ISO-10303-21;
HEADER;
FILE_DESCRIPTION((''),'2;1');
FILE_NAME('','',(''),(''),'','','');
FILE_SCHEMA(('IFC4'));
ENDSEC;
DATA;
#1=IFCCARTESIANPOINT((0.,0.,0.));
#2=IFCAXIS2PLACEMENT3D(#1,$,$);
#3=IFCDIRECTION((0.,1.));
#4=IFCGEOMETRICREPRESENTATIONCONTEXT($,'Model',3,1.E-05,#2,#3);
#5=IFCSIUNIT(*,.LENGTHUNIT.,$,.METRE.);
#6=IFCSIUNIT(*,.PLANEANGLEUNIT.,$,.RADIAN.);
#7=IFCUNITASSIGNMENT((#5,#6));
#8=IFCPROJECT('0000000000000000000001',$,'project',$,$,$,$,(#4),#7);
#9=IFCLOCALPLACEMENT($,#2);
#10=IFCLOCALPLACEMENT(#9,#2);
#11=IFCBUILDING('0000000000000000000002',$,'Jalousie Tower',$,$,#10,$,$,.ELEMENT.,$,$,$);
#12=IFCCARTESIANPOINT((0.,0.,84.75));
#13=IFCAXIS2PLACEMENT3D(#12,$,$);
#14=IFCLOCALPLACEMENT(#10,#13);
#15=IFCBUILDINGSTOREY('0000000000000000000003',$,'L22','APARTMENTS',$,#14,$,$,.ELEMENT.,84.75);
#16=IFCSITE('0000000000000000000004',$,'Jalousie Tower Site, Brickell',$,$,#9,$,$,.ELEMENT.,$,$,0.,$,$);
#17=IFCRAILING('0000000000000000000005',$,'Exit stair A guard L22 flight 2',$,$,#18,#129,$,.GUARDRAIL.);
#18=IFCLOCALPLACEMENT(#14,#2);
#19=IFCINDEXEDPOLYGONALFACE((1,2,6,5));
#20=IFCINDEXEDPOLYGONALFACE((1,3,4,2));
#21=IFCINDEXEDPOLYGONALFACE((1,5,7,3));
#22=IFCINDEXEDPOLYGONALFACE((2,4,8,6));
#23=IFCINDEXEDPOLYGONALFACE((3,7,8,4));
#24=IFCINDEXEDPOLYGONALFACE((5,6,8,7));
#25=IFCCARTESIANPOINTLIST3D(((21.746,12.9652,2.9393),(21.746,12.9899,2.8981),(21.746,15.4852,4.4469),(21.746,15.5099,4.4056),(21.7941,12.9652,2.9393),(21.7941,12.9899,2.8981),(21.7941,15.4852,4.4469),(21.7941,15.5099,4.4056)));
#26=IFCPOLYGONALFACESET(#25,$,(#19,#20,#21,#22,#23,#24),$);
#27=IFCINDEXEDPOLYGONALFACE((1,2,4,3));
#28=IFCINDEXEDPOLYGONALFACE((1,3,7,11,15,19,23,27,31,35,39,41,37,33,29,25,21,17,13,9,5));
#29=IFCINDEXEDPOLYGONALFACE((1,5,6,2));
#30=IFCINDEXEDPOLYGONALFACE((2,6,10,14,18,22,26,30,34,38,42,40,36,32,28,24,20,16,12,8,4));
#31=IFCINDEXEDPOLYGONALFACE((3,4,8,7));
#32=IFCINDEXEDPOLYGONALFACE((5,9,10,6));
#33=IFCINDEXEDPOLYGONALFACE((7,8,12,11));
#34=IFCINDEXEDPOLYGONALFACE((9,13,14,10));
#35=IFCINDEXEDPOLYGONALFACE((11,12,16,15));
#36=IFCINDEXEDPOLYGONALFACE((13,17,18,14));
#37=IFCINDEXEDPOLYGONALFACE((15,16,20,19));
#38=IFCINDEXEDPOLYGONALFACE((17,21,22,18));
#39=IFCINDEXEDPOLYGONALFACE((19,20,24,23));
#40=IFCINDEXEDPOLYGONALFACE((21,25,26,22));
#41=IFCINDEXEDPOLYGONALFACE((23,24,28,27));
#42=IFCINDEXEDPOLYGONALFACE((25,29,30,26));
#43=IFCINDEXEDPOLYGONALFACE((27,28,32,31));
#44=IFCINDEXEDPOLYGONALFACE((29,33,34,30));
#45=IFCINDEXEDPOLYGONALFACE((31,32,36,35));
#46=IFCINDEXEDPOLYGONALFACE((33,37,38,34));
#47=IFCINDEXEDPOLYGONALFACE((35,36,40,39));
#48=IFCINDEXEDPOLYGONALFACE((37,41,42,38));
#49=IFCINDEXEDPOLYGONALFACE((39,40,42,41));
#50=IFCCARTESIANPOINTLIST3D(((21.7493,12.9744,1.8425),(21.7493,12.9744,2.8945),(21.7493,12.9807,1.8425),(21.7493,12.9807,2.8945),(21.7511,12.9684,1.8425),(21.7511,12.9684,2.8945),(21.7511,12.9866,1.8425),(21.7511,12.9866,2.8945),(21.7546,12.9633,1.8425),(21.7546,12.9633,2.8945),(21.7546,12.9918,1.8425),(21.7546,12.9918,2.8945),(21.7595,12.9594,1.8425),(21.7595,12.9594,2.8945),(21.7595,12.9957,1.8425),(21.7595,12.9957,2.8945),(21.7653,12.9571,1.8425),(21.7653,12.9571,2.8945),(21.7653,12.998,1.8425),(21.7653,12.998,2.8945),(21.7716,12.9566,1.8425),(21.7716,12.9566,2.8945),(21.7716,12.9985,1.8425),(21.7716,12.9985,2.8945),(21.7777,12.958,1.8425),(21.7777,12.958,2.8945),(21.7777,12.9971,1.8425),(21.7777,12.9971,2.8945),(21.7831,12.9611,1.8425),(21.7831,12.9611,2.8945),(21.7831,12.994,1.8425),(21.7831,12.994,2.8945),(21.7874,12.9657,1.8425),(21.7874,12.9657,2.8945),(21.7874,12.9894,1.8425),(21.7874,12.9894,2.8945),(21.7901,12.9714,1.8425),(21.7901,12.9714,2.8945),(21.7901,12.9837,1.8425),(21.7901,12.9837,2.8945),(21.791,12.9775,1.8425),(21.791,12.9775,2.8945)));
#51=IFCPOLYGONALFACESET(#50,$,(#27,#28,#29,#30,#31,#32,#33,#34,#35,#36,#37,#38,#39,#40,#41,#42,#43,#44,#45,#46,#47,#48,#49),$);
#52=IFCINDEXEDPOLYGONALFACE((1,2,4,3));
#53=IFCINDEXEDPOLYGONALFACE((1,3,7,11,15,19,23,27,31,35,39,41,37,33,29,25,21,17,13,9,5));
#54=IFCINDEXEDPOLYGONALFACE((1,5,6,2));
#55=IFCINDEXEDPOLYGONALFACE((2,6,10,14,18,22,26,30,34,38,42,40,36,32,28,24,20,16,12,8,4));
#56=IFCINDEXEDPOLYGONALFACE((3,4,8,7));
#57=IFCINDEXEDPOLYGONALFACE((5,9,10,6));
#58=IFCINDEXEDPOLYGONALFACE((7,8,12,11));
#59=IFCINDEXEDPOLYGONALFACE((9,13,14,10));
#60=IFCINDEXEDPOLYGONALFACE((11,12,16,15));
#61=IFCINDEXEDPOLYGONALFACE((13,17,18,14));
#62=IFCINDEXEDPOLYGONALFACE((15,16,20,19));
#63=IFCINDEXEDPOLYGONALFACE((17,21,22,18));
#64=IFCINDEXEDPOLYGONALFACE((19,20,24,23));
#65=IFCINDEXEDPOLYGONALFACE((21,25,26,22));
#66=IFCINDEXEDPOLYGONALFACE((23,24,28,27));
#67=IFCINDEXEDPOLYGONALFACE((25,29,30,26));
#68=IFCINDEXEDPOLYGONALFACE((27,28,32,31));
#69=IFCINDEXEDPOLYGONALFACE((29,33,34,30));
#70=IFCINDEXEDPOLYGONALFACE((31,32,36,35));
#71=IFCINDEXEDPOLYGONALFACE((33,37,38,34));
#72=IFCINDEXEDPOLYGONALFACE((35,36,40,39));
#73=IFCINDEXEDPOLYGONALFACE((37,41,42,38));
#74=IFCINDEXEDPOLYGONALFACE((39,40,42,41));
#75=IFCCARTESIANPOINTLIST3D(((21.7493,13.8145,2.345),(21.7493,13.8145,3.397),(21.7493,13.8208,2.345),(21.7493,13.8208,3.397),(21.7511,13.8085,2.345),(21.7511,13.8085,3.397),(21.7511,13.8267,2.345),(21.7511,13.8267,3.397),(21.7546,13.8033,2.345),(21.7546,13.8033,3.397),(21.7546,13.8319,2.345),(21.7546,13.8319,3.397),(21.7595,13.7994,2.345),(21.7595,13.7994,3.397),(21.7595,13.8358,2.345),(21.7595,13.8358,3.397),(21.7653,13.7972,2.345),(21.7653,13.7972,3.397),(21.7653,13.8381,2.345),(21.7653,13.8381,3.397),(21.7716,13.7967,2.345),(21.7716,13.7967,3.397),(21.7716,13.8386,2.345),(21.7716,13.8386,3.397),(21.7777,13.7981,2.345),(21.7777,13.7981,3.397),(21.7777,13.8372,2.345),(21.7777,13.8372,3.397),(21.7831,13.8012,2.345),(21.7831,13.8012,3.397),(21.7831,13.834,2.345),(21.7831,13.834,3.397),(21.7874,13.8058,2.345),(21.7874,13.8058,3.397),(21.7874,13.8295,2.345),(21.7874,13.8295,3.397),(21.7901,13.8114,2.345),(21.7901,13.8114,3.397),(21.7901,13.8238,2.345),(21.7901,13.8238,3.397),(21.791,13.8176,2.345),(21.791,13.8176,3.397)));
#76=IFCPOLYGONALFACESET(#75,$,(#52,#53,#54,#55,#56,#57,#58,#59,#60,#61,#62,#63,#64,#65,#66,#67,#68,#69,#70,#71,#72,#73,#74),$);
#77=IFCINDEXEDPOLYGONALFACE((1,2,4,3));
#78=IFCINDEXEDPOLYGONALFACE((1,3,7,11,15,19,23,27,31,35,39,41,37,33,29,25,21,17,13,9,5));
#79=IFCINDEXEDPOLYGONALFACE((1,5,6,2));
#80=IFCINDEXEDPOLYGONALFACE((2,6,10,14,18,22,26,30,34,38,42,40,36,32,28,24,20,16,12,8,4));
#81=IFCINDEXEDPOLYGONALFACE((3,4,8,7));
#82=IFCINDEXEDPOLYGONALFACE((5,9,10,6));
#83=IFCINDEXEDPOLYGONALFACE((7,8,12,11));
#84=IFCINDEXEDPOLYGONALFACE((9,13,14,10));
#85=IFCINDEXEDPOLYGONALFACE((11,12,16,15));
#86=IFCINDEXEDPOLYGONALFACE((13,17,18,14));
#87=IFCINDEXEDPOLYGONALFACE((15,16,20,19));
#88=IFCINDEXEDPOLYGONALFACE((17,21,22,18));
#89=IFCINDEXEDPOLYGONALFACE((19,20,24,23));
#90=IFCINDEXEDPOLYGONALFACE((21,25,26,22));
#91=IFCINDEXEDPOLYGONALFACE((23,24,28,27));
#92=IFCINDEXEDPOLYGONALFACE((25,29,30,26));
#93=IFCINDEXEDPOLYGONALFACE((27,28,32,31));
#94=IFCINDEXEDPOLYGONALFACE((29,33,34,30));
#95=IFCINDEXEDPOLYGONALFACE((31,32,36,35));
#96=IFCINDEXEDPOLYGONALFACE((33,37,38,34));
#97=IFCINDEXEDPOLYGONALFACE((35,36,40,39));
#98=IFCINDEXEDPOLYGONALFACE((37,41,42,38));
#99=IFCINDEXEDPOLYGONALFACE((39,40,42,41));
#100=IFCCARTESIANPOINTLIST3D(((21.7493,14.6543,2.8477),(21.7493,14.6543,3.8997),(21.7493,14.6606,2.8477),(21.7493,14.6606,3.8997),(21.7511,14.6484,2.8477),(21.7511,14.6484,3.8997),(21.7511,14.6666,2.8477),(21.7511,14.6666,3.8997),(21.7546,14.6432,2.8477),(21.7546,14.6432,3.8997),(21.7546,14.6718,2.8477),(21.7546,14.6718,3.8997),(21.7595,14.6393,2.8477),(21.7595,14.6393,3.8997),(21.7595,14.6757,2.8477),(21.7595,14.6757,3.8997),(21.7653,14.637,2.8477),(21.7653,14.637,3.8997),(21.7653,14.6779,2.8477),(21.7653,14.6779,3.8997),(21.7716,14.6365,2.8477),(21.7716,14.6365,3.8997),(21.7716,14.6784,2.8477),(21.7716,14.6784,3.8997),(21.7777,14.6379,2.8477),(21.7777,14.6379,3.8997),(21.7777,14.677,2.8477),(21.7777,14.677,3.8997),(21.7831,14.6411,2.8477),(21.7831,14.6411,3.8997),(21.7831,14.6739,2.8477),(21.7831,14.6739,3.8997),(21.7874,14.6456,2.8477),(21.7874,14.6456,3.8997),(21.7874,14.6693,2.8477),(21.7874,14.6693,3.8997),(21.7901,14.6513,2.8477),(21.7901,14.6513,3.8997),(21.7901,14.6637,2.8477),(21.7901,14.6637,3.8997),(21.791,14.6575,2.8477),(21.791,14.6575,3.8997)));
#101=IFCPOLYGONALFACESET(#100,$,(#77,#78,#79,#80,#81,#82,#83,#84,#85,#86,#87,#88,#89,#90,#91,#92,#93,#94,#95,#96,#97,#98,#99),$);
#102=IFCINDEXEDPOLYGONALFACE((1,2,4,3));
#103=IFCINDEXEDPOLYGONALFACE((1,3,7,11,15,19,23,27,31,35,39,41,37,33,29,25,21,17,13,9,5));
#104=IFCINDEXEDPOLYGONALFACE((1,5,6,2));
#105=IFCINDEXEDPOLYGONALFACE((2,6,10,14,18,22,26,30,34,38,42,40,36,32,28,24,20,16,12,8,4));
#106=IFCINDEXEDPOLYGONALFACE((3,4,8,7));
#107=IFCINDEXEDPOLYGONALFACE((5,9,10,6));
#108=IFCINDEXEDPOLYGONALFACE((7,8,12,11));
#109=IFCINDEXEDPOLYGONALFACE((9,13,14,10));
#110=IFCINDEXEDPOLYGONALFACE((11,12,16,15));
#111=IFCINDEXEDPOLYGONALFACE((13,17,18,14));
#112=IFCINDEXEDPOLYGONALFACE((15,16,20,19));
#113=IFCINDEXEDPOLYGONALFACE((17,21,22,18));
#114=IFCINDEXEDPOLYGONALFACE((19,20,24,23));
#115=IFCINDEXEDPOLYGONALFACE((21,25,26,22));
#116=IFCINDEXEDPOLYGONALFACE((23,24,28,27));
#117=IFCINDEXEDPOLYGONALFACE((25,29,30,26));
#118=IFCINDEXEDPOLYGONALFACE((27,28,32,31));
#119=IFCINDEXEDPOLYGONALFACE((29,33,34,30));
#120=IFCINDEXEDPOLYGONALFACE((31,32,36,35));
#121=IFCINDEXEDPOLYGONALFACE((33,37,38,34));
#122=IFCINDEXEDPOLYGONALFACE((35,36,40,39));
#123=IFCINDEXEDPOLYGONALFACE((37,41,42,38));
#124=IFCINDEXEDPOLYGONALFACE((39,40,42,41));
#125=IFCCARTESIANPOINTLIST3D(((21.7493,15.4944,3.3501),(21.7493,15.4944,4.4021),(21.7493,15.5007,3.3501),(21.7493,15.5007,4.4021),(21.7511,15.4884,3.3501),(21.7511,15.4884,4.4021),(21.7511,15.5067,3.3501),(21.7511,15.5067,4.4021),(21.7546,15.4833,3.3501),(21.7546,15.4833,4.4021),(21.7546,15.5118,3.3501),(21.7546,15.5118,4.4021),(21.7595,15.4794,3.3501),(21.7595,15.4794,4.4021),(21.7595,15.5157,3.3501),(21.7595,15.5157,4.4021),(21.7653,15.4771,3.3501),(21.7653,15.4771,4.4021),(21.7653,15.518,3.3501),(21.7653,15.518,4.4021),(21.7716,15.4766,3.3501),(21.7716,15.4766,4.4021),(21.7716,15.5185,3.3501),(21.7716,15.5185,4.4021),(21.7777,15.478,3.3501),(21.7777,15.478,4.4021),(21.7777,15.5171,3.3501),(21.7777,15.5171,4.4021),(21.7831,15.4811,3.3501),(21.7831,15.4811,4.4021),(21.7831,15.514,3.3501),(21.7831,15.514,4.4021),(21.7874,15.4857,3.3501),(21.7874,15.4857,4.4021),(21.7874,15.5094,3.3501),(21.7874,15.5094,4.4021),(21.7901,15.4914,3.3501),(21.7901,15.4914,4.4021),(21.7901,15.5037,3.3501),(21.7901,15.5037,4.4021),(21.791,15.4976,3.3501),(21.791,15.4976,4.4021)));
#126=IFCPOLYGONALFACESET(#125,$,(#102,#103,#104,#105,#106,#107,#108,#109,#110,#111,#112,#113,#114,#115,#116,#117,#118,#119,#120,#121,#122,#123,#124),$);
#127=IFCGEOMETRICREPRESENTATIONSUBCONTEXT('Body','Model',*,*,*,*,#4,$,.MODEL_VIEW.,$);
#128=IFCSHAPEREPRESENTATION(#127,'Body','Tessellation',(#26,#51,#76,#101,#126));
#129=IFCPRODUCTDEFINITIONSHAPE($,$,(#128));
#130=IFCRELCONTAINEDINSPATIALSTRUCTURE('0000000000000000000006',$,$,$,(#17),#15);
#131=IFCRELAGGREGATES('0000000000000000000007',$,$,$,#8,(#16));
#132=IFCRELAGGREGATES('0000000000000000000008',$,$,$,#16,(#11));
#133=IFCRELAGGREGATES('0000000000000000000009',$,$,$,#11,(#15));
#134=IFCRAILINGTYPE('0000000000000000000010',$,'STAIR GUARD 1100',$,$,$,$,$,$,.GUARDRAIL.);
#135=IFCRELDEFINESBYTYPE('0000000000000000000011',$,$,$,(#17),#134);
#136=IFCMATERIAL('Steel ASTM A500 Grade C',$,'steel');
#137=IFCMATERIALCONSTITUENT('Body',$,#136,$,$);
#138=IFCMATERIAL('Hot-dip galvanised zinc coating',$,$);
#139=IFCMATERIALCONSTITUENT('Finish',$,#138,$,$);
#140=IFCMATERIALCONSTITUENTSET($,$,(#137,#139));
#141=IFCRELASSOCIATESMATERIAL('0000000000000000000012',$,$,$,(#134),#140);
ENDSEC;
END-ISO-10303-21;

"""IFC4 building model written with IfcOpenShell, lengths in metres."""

from ifc_helpers import new_model, si_unit, direction, frame, origin, origin_2d, place, context, subcontext, project, spatial, rectangle, circle, extrude, material, constituent, constituent_set, type_object, element, save


model = new_model("IFC4")

# Units and contexts
model_context = context("Model", 3, precision=1e-05, world=origin(), true_north=direction((0.0, 1.0)))
body_context = subcontext(model_context, "Body", "Model", "MODEL_VIEW")
ifc_project = project(units=[si_unit("LENGTHUNIT", "METRE"), si_unit("PLANEANGLEUNIT", "RADIAN")], contexts=[model_context])

# Site, building, storey
site_placement = place(None, origin())
site = spatial("IfcSite", under=ifc_project, at=site_placement, Name="Jalousie Tower Site, Brickell", CompositionType="ELEMENT", RefElevation=0.0)
building_placement = place(site_placement, origin())
building = spatial("IfcBuilding", under=site, at=building_placement, Name="Jalousie Tower", CompositionType="ELEMENT")
storey_placement = place(building_placement, frame((0.0, 0.0, 84.75)))
storey = spatial("IfcBuildingStorey", under=building, at=storey_placement, Name="L22", Description="APARTMENTS", CompositionType="ELEMENT", Elevation=84.75)

# Railing
ifc_material_1 = material(Name="Steel ASTM A500 Grade C", Category="steel")
ifc_constituent_1 = constituent(ifc_material_1, Name="Body")
ifc_material_2 = material(Name="Hot-dip galvanised zinc coating")
ifc_constituent_2 = constituent(ifc_material_2, Name="Finish")
ifc_constituent_set_1 = constituent_set(constituents=[ifc_constituent_1, ifc_constituent_2])
railing_type_1 = type_object("IfcRailingType", Name="STAIR GUARD 1100", PredefinedType="GUARDRAIL", material=ifc_constituent_set_1)
railing_1_placement = place(storey_placement, frame((21.77, 12.9775, 1.8425)))
element("IfcRailing", 1, at=railing_1_placement, inside=storey, type_object=railing_type_1, Name="Exit stair A guard L22 flight 2", PredefinedType="GUARDRAIL", context=body_context, shape_type="SweptSolid", body=[
    extrude(rectangle(XDim=0.0481, YDim=0.0481, at=origin_2d()), frame((0.0, 0.0, 1.0762), z_axis=(0.0, 0.85816, 0.513383), x_axis=(-1.0, 0.0, 0.0)), (0.0, 0.0, 1.0), 2.9365),
    extrude(circle(Radius=0.021, at=origin_2d()), origin(), (0.0, 0.0, 1.0), 1.052),
    extrude(circle(Radius=0.021, at=origin_2d()), frame((0.0, 0.8401, 0.5024)), (0.0, 0.0, 1.0), 1.052),
    extrude(circle(Radius=0.021, at=origin_2d()), frame((0.0, 1.6799, 1.0051)), (0.0, 0.0, 1.0), 1.052),
    extrude(circle(Radius=0.021, at=origin_2d()), frame((0.0, 2.52, 1.5076)), (0.0, 0.0, 1.0), 1.052),
])

save(model, "model.ifc")
